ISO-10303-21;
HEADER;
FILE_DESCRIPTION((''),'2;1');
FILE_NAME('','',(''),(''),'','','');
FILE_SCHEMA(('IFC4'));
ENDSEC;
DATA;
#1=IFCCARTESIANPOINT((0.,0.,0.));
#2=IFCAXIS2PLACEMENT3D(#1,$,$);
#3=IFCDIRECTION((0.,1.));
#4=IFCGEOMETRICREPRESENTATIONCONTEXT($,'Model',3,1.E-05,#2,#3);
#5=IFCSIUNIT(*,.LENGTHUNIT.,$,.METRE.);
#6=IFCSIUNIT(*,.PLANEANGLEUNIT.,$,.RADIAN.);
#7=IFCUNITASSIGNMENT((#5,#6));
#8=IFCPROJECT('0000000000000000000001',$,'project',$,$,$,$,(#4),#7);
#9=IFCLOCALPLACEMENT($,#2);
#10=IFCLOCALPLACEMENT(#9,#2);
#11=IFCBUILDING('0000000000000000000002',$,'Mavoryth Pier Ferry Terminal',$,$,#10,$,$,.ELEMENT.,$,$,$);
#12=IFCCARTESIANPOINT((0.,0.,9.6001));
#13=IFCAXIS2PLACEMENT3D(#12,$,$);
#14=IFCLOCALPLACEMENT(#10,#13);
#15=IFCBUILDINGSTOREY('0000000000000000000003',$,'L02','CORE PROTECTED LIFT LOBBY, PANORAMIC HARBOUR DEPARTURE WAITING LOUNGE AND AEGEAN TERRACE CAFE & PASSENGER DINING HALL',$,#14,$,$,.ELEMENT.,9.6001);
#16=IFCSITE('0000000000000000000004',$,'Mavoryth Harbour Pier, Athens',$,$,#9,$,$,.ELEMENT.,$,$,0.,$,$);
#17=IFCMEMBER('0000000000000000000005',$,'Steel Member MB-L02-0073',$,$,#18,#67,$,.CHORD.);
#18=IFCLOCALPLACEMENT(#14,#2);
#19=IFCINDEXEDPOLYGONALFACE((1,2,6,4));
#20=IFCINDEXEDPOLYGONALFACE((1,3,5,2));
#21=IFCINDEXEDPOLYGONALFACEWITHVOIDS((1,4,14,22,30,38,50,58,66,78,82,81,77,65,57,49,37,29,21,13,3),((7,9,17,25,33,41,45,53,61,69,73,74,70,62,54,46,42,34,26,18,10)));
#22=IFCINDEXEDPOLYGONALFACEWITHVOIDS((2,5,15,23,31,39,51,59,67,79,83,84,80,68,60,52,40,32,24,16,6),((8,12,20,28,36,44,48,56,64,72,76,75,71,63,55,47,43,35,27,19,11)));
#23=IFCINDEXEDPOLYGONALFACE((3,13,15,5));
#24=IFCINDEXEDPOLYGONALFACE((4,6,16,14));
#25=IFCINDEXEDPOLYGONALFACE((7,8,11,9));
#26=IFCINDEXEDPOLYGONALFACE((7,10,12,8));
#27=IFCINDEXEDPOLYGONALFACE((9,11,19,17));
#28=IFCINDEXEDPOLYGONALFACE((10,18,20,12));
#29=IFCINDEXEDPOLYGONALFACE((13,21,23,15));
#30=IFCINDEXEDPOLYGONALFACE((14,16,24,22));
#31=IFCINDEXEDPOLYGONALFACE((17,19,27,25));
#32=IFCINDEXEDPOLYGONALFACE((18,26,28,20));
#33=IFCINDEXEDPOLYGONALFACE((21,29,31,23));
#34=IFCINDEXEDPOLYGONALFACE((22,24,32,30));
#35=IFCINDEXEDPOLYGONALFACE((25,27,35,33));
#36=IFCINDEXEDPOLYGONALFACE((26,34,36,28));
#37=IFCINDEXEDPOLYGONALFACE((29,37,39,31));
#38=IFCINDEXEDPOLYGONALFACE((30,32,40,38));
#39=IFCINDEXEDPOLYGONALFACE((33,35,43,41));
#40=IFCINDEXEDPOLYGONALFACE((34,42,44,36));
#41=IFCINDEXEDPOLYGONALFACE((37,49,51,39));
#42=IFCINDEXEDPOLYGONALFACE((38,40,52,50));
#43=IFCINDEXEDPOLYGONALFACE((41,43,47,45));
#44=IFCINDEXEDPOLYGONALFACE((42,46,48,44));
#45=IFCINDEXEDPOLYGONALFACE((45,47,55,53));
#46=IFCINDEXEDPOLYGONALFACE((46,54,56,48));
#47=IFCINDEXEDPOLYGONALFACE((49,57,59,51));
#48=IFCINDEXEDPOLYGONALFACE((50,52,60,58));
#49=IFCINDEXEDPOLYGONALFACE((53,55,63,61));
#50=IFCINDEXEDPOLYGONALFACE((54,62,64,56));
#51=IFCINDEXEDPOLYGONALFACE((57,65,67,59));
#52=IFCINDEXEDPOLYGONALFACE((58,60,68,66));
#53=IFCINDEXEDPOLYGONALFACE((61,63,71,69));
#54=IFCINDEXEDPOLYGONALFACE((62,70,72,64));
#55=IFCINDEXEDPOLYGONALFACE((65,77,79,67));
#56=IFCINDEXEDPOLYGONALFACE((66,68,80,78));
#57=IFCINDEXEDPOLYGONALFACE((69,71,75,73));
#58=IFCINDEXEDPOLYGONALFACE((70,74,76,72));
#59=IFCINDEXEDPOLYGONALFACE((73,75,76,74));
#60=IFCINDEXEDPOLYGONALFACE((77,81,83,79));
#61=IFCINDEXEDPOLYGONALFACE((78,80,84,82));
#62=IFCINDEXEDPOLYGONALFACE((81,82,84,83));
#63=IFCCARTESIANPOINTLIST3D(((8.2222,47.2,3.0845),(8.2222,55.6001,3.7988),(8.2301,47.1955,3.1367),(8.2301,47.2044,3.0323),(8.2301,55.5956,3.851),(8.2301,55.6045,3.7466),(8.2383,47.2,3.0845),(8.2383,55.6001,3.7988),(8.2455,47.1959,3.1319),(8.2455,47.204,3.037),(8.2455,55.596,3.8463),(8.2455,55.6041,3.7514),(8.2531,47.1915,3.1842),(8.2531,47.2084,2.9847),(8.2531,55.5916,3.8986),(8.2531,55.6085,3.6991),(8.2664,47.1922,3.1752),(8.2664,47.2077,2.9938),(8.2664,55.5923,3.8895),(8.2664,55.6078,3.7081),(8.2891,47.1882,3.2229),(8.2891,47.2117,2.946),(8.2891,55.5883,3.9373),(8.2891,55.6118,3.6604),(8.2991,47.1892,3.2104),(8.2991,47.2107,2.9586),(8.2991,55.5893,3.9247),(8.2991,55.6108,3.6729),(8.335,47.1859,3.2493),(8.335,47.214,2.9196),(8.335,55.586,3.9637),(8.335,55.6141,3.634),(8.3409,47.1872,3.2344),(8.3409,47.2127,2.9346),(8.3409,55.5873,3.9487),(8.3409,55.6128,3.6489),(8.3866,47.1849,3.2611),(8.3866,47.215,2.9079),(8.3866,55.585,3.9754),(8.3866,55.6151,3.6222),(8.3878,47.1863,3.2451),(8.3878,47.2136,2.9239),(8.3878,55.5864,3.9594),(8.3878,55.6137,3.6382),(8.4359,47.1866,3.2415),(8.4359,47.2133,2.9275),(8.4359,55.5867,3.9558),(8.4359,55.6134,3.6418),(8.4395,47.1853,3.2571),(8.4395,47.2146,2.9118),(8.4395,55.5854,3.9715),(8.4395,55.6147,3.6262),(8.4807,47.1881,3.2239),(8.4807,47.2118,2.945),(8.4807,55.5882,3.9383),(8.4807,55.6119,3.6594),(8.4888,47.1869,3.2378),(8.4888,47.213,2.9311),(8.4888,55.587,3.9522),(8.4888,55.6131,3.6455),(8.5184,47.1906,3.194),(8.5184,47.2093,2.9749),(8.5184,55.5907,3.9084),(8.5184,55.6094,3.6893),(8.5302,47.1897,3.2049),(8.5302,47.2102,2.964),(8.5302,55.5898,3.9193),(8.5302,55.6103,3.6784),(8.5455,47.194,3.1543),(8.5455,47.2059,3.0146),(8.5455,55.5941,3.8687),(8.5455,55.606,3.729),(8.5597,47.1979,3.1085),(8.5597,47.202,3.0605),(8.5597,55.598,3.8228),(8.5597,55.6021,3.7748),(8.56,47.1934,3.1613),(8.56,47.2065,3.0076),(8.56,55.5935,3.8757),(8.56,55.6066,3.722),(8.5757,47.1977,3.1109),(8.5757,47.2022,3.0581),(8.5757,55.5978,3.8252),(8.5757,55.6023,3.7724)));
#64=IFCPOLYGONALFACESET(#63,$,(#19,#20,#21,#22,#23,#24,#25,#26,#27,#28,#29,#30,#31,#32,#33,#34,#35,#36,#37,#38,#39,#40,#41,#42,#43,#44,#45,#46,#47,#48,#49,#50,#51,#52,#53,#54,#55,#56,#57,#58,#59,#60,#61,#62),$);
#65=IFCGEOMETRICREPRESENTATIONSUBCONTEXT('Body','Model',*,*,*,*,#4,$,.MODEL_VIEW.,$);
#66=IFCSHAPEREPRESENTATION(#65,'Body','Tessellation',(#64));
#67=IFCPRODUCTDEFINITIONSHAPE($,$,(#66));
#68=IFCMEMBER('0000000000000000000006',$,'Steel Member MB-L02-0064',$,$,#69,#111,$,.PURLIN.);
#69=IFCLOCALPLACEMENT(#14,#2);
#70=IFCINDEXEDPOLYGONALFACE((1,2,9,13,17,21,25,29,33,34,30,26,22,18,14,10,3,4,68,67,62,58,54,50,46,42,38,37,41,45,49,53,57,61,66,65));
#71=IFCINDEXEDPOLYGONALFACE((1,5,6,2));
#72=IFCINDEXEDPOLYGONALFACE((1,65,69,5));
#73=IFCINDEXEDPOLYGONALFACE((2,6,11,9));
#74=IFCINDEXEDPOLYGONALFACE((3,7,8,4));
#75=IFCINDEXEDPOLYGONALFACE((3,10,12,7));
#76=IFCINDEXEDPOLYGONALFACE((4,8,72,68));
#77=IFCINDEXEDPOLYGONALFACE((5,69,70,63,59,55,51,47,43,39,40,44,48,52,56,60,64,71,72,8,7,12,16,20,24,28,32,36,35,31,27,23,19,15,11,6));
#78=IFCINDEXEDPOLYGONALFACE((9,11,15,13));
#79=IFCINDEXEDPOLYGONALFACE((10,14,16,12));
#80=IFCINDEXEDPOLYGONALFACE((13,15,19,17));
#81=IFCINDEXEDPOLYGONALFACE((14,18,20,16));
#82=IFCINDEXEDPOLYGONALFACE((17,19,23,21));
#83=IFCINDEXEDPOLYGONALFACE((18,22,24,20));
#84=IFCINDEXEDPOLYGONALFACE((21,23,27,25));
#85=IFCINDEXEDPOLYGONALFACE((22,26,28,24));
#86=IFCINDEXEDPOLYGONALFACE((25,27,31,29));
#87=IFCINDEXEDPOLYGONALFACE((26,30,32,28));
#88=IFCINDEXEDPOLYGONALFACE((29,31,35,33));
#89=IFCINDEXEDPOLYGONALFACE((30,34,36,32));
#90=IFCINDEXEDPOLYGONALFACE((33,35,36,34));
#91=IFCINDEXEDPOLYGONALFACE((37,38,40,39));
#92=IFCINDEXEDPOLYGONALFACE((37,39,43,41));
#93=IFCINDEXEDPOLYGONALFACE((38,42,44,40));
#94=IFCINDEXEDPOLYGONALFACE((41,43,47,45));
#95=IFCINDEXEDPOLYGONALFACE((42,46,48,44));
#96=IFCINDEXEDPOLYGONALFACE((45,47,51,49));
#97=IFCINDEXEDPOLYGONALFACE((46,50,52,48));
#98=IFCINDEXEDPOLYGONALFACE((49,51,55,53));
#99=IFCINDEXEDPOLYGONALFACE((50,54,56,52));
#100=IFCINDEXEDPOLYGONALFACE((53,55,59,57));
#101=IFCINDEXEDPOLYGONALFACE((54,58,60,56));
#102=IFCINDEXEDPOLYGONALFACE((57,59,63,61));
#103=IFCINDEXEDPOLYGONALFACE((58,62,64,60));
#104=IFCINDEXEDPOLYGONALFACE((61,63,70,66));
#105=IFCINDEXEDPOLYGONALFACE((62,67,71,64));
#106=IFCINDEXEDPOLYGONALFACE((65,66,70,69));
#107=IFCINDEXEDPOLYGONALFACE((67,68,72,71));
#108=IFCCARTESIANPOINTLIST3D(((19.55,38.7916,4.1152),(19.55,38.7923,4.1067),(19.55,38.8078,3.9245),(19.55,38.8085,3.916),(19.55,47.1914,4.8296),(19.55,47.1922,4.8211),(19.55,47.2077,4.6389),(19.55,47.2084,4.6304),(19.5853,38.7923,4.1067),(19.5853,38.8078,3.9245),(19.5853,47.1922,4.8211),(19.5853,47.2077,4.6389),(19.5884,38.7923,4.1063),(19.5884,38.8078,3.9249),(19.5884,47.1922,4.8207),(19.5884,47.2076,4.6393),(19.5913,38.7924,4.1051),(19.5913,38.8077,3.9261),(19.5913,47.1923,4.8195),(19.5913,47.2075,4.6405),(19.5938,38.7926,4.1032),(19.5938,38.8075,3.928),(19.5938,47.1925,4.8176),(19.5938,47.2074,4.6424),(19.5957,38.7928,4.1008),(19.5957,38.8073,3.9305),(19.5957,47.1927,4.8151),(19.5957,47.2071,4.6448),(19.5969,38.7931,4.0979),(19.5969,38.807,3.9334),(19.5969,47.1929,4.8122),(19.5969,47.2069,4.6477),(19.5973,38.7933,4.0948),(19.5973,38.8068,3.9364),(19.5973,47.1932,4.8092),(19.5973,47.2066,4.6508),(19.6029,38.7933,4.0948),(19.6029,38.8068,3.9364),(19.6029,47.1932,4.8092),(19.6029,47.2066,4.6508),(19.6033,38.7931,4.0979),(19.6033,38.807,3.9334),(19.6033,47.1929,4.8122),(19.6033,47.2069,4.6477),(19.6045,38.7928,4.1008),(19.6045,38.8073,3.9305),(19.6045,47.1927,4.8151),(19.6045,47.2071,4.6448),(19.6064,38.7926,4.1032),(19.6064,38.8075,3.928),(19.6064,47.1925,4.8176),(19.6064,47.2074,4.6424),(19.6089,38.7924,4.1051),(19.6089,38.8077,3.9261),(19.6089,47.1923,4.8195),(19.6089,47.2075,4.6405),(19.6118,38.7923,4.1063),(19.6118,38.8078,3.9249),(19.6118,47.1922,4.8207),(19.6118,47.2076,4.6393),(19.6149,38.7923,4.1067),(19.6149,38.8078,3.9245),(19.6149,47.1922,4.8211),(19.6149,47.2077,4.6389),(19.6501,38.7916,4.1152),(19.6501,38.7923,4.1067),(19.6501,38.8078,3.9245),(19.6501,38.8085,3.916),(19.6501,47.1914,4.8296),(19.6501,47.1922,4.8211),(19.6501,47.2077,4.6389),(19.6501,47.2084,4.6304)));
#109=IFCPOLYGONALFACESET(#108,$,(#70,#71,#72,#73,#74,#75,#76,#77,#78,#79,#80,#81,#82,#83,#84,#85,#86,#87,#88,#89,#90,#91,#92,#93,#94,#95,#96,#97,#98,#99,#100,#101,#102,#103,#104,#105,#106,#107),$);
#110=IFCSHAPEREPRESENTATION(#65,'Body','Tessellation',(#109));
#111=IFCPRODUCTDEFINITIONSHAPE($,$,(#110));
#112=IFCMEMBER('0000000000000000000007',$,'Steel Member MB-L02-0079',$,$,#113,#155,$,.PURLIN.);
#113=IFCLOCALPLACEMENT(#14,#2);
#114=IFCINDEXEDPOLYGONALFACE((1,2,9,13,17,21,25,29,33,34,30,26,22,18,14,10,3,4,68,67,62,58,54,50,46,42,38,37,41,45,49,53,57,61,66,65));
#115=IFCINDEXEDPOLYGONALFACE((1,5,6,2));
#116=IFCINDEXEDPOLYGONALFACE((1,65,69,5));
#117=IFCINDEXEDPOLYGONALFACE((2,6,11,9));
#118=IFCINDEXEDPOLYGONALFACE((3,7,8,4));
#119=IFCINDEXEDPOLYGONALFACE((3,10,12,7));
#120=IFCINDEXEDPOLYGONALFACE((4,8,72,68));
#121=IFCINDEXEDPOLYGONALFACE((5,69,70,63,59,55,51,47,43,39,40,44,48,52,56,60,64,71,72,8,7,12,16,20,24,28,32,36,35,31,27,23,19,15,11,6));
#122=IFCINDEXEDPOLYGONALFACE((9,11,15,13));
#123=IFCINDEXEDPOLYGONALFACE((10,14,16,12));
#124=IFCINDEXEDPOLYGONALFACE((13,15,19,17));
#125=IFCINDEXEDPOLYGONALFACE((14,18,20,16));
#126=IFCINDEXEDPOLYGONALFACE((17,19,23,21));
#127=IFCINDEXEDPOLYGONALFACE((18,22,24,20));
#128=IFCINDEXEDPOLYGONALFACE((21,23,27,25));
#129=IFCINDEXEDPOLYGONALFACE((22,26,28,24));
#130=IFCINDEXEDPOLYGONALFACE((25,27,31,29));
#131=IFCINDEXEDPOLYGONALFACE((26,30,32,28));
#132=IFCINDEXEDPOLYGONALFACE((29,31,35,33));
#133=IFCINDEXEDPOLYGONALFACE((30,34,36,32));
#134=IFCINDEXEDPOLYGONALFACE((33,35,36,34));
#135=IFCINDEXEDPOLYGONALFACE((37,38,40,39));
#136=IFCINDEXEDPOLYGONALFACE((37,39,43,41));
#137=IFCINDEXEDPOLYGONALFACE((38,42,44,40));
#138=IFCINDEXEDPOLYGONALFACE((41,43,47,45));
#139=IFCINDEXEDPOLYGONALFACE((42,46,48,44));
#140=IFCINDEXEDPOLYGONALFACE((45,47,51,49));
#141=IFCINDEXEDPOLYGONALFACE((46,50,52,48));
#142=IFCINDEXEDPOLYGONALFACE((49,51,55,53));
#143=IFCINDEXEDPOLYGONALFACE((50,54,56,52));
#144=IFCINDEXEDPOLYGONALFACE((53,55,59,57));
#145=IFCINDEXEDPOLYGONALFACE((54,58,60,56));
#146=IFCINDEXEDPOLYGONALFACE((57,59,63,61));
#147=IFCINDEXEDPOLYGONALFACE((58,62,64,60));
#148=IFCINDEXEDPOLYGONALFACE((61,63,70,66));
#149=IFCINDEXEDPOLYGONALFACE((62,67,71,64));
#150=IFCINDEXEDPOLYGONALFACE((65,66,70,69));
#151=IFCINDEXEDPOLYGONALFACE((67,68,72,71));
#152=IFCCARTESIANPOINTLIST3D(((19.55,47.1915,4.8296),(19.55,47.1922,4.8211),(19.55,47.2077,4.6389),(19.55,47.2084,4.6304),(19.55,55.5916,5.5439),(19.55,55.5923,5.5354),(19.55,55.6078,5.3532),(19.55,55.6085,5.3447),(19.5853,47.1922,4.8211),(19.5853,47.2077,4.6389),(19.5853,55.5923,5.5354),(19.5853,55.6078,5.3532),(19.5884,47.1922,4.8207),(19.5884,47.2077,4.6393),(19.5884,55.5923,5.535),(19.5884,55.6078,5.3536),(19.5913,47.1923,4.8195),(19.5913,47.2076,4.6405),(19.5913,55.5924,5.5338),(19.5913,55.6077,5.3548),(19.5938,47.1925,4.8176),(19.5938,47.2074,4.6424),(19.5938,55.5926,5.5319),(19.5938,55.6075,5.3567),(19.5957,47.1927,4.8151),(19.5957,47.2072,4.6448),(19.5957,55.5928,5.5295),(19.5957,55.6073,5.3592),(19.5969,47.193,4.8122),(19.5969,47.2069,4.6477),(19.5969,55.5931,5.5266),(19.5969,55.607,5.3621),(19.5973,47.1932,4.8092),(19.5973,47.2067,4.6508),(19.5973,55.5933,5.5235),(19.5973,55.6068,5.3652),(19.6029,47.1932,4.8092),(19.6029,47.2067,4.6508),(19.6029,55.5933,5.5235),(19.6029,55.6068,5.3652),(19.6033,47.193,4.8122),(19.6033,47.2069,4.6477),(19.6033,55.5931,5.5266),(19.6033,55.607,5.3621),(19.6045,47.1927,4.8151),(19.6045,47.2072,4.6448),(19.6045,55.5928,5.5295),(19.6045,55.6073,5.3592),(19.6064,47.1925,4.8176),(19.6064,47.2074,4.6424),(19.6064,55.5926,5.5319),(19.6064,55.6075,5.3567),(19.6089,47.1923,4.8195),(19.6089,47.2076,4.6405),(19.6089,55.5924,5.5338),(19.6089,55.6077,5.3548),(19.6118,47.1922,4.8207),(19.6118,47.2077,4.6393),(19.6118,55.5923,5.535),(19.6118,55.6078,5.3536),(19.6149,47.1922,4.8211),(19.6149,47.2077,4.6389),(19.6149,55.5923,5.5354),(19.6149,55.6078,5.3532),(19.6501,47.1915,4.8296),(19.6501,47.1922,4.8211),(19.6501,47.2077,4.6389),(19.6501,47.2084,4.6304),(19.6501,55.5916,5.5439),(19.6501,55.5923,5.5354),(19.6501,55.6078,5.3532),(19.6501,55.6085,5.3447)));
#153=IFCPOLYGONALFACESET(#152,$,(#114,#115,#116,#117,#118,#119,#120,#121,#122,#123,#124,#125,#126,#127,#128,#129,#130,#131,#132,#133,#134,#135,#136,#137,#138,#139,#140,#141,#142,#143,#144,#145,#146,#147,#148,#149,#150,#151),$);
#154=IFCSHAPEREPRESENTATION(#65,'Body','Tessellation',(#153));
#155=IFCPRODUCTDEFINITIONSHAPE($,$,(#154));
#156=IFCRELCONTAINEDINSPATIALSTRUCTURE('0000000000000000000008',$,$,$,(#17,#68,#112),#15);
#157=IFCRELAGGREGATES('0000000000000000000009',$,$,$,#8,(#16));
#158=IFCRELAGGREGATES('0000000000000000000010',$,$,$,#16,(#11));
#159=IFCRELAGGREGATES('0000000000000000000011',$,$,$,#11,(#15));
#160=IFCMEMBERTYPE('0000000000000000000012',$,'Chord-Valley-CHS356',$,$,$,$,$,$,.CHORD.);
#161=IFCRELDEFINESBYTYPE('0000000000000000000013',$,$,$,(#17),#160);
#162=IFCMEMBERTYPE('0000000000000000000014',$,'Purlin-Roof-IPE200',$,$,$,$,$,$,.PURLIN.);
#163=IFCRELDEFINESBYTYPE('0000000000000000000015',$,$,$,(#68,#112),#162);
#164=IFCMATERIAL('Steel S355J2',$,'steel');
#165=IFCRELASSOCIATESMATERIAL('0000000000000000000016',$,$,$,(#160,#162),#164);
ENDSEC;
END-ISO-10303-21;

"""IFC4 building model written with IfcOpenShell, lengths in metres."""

from ifc_helpers import new_model, si_unit, direction, frame, origin, origin_2d, place, context, subcontext, project, spatial, hollow_circle, i_section, extrude, material, material_profile, profile_set, type_object, element, save


model = new_model("IFC4")

# Units and contexts
model_context = context("Model", 3, precision=1e-05, world=origin(), true_north=direction((0.0, 1.0)))
body_context = subcontext(model_context, "Body", "Model", "MODEL_VIEW")
ifc_project = project(units=[si_unit("LENGTHUNIT", "METRE"), si_unit("PLANEANGLEUNIT", "RADIAN")], contexts=[model_context])

# Site, building, storey
site_placement = place(None, origin())
site = spatial("IfcSite", under=ifc_project, at=site_placement, Name="Mavoryth Harbour Pier, Athens", CompositionType="ELEMENT", RefElevation=0.0)
building_placement = place(site_placement, origin())
building = spatial("IfcBuilding", under=site, at=building_placement, Name="Mavoryth Pier Ferry Terminal", CompositionType="ELEMENT")
storey_placement = place(building_placement, frame((0.0, 0.0, 9.6001)))
storey = spatial("IfcBuildingStorey", under=building, at=storey_placement, Name="L02", Description="CORE PROTECTED LIFT LOBBY, PANORAMIC HARBOUR DEPARTURE WAITING LOUNGE AND AEGEAN TERRACE CAFE & PASSENGER DINING HALL", CompositionType="ELEMENT", Elevation=9.6001)

# Members
ifc_material_1 = material(Name="Steel S355J2", Category="steel")
ifc_material_profile_1 = material_profile(ifc_material_1, hollow_circle(Radius=0.1777, WallThickness=0.0161, at=origin_2d()), Name="CHS 355.6x16.0", Category="steel")
ifc_profile_set_1 = profile_set([ifc_material_profile_1], Name="Steel S355J2 - CHS 355.6x16.0")
member_type_1 = type_object("IfcMemberType", Name="Chord-Valley-CHS356", PredefinedType="CHORD", material=ifc_profile_set_1)
member_1_placement = place(storey_placement, frame((8.3999, 47.2, 3.0845), z_axis=(0.0, 0.996404, 0.084735), x_axis=(-1.0, 0.0, 0.0)))
element("IfcMember", 1, at=member_1_placement, inside=storey, type_object=member_type_1, Name="Steel Member MB-L02-0073", PredefinedType="CHORD", context=body_context, shape_type="SweptSolid", body=[
    extrude(hollow_circle(Radius=0.1777, WallThickness=0.0161, at=origin_2d()), origin(), (0.0, 0.0, 1.0), 8.4304),
])
ifc_material_profile_2 = material_profile(ifc_material_1, i_section(OverallWidth=0.1001, OverallDepth=0.2, WebThickness=0.0056, FlangeThickness=0.0085, FilletRadius=0.012, at=origin_2d()), Name="IPE 200", Category="steel")
ifc_profile_set_2 = profile_set([ifc_material_profile_2], Name="Steel S355J2 - IPE 200")
member_type_2 = type_object("IfcMemberType", Name="Purlin-Roof-IPE200", PredefinedType="PURLIN", material=ifc_profile_set_2)
member_2_placement = place(storey_placement, frame((19.6001, 38.8, 4.0156), z_axis=(0.0, 0.996403, 0.084737), x_axis=(-1.0, 0.0, 0.0)))
element("IfcMember", 2, at=member_2_placement, inside=storey, type_object=member_type_2, Name="Steel Member MB-L02-0064", PredefinedType="PURLIN", context=body_context, shape_type="SweptSolid", body=[
    extrude(i_section(OverallWidth=0.1001, OverallDepth=0.2, WebThickness=0.0056, FlangeThickness=0.0085, FilletRadius=0.012, at=origin_2d()), origin(), (0.0, 0.0, 1.0), 8.4302),
])
member_3_placement = place(storey_placement, frame((19.6001, 47.2, 4.73), z_axis=(0.0, 0.996404, 0.084735), x_axis=(-1.0, 0.0, 0.0)))
element("IfcMember", 3, at=member_3_placement, inside=storey, type_object=member_type_2, Name="Steel Member MB-L02-0079", PredefinedType="PURLIN", context=body_context, shape_type="SweptSolid", body=[
    extrude(i_section(OverallWidth=0.1001, OverallDepth=0.2, WebThickness=0.0056, FlangeThickness=0.0085, FilletRadius=0.012, at=origin_2d()), origin(), (0.0, 0.0, 1.0), 8.4304),
])

save(model, "model.ifc")
